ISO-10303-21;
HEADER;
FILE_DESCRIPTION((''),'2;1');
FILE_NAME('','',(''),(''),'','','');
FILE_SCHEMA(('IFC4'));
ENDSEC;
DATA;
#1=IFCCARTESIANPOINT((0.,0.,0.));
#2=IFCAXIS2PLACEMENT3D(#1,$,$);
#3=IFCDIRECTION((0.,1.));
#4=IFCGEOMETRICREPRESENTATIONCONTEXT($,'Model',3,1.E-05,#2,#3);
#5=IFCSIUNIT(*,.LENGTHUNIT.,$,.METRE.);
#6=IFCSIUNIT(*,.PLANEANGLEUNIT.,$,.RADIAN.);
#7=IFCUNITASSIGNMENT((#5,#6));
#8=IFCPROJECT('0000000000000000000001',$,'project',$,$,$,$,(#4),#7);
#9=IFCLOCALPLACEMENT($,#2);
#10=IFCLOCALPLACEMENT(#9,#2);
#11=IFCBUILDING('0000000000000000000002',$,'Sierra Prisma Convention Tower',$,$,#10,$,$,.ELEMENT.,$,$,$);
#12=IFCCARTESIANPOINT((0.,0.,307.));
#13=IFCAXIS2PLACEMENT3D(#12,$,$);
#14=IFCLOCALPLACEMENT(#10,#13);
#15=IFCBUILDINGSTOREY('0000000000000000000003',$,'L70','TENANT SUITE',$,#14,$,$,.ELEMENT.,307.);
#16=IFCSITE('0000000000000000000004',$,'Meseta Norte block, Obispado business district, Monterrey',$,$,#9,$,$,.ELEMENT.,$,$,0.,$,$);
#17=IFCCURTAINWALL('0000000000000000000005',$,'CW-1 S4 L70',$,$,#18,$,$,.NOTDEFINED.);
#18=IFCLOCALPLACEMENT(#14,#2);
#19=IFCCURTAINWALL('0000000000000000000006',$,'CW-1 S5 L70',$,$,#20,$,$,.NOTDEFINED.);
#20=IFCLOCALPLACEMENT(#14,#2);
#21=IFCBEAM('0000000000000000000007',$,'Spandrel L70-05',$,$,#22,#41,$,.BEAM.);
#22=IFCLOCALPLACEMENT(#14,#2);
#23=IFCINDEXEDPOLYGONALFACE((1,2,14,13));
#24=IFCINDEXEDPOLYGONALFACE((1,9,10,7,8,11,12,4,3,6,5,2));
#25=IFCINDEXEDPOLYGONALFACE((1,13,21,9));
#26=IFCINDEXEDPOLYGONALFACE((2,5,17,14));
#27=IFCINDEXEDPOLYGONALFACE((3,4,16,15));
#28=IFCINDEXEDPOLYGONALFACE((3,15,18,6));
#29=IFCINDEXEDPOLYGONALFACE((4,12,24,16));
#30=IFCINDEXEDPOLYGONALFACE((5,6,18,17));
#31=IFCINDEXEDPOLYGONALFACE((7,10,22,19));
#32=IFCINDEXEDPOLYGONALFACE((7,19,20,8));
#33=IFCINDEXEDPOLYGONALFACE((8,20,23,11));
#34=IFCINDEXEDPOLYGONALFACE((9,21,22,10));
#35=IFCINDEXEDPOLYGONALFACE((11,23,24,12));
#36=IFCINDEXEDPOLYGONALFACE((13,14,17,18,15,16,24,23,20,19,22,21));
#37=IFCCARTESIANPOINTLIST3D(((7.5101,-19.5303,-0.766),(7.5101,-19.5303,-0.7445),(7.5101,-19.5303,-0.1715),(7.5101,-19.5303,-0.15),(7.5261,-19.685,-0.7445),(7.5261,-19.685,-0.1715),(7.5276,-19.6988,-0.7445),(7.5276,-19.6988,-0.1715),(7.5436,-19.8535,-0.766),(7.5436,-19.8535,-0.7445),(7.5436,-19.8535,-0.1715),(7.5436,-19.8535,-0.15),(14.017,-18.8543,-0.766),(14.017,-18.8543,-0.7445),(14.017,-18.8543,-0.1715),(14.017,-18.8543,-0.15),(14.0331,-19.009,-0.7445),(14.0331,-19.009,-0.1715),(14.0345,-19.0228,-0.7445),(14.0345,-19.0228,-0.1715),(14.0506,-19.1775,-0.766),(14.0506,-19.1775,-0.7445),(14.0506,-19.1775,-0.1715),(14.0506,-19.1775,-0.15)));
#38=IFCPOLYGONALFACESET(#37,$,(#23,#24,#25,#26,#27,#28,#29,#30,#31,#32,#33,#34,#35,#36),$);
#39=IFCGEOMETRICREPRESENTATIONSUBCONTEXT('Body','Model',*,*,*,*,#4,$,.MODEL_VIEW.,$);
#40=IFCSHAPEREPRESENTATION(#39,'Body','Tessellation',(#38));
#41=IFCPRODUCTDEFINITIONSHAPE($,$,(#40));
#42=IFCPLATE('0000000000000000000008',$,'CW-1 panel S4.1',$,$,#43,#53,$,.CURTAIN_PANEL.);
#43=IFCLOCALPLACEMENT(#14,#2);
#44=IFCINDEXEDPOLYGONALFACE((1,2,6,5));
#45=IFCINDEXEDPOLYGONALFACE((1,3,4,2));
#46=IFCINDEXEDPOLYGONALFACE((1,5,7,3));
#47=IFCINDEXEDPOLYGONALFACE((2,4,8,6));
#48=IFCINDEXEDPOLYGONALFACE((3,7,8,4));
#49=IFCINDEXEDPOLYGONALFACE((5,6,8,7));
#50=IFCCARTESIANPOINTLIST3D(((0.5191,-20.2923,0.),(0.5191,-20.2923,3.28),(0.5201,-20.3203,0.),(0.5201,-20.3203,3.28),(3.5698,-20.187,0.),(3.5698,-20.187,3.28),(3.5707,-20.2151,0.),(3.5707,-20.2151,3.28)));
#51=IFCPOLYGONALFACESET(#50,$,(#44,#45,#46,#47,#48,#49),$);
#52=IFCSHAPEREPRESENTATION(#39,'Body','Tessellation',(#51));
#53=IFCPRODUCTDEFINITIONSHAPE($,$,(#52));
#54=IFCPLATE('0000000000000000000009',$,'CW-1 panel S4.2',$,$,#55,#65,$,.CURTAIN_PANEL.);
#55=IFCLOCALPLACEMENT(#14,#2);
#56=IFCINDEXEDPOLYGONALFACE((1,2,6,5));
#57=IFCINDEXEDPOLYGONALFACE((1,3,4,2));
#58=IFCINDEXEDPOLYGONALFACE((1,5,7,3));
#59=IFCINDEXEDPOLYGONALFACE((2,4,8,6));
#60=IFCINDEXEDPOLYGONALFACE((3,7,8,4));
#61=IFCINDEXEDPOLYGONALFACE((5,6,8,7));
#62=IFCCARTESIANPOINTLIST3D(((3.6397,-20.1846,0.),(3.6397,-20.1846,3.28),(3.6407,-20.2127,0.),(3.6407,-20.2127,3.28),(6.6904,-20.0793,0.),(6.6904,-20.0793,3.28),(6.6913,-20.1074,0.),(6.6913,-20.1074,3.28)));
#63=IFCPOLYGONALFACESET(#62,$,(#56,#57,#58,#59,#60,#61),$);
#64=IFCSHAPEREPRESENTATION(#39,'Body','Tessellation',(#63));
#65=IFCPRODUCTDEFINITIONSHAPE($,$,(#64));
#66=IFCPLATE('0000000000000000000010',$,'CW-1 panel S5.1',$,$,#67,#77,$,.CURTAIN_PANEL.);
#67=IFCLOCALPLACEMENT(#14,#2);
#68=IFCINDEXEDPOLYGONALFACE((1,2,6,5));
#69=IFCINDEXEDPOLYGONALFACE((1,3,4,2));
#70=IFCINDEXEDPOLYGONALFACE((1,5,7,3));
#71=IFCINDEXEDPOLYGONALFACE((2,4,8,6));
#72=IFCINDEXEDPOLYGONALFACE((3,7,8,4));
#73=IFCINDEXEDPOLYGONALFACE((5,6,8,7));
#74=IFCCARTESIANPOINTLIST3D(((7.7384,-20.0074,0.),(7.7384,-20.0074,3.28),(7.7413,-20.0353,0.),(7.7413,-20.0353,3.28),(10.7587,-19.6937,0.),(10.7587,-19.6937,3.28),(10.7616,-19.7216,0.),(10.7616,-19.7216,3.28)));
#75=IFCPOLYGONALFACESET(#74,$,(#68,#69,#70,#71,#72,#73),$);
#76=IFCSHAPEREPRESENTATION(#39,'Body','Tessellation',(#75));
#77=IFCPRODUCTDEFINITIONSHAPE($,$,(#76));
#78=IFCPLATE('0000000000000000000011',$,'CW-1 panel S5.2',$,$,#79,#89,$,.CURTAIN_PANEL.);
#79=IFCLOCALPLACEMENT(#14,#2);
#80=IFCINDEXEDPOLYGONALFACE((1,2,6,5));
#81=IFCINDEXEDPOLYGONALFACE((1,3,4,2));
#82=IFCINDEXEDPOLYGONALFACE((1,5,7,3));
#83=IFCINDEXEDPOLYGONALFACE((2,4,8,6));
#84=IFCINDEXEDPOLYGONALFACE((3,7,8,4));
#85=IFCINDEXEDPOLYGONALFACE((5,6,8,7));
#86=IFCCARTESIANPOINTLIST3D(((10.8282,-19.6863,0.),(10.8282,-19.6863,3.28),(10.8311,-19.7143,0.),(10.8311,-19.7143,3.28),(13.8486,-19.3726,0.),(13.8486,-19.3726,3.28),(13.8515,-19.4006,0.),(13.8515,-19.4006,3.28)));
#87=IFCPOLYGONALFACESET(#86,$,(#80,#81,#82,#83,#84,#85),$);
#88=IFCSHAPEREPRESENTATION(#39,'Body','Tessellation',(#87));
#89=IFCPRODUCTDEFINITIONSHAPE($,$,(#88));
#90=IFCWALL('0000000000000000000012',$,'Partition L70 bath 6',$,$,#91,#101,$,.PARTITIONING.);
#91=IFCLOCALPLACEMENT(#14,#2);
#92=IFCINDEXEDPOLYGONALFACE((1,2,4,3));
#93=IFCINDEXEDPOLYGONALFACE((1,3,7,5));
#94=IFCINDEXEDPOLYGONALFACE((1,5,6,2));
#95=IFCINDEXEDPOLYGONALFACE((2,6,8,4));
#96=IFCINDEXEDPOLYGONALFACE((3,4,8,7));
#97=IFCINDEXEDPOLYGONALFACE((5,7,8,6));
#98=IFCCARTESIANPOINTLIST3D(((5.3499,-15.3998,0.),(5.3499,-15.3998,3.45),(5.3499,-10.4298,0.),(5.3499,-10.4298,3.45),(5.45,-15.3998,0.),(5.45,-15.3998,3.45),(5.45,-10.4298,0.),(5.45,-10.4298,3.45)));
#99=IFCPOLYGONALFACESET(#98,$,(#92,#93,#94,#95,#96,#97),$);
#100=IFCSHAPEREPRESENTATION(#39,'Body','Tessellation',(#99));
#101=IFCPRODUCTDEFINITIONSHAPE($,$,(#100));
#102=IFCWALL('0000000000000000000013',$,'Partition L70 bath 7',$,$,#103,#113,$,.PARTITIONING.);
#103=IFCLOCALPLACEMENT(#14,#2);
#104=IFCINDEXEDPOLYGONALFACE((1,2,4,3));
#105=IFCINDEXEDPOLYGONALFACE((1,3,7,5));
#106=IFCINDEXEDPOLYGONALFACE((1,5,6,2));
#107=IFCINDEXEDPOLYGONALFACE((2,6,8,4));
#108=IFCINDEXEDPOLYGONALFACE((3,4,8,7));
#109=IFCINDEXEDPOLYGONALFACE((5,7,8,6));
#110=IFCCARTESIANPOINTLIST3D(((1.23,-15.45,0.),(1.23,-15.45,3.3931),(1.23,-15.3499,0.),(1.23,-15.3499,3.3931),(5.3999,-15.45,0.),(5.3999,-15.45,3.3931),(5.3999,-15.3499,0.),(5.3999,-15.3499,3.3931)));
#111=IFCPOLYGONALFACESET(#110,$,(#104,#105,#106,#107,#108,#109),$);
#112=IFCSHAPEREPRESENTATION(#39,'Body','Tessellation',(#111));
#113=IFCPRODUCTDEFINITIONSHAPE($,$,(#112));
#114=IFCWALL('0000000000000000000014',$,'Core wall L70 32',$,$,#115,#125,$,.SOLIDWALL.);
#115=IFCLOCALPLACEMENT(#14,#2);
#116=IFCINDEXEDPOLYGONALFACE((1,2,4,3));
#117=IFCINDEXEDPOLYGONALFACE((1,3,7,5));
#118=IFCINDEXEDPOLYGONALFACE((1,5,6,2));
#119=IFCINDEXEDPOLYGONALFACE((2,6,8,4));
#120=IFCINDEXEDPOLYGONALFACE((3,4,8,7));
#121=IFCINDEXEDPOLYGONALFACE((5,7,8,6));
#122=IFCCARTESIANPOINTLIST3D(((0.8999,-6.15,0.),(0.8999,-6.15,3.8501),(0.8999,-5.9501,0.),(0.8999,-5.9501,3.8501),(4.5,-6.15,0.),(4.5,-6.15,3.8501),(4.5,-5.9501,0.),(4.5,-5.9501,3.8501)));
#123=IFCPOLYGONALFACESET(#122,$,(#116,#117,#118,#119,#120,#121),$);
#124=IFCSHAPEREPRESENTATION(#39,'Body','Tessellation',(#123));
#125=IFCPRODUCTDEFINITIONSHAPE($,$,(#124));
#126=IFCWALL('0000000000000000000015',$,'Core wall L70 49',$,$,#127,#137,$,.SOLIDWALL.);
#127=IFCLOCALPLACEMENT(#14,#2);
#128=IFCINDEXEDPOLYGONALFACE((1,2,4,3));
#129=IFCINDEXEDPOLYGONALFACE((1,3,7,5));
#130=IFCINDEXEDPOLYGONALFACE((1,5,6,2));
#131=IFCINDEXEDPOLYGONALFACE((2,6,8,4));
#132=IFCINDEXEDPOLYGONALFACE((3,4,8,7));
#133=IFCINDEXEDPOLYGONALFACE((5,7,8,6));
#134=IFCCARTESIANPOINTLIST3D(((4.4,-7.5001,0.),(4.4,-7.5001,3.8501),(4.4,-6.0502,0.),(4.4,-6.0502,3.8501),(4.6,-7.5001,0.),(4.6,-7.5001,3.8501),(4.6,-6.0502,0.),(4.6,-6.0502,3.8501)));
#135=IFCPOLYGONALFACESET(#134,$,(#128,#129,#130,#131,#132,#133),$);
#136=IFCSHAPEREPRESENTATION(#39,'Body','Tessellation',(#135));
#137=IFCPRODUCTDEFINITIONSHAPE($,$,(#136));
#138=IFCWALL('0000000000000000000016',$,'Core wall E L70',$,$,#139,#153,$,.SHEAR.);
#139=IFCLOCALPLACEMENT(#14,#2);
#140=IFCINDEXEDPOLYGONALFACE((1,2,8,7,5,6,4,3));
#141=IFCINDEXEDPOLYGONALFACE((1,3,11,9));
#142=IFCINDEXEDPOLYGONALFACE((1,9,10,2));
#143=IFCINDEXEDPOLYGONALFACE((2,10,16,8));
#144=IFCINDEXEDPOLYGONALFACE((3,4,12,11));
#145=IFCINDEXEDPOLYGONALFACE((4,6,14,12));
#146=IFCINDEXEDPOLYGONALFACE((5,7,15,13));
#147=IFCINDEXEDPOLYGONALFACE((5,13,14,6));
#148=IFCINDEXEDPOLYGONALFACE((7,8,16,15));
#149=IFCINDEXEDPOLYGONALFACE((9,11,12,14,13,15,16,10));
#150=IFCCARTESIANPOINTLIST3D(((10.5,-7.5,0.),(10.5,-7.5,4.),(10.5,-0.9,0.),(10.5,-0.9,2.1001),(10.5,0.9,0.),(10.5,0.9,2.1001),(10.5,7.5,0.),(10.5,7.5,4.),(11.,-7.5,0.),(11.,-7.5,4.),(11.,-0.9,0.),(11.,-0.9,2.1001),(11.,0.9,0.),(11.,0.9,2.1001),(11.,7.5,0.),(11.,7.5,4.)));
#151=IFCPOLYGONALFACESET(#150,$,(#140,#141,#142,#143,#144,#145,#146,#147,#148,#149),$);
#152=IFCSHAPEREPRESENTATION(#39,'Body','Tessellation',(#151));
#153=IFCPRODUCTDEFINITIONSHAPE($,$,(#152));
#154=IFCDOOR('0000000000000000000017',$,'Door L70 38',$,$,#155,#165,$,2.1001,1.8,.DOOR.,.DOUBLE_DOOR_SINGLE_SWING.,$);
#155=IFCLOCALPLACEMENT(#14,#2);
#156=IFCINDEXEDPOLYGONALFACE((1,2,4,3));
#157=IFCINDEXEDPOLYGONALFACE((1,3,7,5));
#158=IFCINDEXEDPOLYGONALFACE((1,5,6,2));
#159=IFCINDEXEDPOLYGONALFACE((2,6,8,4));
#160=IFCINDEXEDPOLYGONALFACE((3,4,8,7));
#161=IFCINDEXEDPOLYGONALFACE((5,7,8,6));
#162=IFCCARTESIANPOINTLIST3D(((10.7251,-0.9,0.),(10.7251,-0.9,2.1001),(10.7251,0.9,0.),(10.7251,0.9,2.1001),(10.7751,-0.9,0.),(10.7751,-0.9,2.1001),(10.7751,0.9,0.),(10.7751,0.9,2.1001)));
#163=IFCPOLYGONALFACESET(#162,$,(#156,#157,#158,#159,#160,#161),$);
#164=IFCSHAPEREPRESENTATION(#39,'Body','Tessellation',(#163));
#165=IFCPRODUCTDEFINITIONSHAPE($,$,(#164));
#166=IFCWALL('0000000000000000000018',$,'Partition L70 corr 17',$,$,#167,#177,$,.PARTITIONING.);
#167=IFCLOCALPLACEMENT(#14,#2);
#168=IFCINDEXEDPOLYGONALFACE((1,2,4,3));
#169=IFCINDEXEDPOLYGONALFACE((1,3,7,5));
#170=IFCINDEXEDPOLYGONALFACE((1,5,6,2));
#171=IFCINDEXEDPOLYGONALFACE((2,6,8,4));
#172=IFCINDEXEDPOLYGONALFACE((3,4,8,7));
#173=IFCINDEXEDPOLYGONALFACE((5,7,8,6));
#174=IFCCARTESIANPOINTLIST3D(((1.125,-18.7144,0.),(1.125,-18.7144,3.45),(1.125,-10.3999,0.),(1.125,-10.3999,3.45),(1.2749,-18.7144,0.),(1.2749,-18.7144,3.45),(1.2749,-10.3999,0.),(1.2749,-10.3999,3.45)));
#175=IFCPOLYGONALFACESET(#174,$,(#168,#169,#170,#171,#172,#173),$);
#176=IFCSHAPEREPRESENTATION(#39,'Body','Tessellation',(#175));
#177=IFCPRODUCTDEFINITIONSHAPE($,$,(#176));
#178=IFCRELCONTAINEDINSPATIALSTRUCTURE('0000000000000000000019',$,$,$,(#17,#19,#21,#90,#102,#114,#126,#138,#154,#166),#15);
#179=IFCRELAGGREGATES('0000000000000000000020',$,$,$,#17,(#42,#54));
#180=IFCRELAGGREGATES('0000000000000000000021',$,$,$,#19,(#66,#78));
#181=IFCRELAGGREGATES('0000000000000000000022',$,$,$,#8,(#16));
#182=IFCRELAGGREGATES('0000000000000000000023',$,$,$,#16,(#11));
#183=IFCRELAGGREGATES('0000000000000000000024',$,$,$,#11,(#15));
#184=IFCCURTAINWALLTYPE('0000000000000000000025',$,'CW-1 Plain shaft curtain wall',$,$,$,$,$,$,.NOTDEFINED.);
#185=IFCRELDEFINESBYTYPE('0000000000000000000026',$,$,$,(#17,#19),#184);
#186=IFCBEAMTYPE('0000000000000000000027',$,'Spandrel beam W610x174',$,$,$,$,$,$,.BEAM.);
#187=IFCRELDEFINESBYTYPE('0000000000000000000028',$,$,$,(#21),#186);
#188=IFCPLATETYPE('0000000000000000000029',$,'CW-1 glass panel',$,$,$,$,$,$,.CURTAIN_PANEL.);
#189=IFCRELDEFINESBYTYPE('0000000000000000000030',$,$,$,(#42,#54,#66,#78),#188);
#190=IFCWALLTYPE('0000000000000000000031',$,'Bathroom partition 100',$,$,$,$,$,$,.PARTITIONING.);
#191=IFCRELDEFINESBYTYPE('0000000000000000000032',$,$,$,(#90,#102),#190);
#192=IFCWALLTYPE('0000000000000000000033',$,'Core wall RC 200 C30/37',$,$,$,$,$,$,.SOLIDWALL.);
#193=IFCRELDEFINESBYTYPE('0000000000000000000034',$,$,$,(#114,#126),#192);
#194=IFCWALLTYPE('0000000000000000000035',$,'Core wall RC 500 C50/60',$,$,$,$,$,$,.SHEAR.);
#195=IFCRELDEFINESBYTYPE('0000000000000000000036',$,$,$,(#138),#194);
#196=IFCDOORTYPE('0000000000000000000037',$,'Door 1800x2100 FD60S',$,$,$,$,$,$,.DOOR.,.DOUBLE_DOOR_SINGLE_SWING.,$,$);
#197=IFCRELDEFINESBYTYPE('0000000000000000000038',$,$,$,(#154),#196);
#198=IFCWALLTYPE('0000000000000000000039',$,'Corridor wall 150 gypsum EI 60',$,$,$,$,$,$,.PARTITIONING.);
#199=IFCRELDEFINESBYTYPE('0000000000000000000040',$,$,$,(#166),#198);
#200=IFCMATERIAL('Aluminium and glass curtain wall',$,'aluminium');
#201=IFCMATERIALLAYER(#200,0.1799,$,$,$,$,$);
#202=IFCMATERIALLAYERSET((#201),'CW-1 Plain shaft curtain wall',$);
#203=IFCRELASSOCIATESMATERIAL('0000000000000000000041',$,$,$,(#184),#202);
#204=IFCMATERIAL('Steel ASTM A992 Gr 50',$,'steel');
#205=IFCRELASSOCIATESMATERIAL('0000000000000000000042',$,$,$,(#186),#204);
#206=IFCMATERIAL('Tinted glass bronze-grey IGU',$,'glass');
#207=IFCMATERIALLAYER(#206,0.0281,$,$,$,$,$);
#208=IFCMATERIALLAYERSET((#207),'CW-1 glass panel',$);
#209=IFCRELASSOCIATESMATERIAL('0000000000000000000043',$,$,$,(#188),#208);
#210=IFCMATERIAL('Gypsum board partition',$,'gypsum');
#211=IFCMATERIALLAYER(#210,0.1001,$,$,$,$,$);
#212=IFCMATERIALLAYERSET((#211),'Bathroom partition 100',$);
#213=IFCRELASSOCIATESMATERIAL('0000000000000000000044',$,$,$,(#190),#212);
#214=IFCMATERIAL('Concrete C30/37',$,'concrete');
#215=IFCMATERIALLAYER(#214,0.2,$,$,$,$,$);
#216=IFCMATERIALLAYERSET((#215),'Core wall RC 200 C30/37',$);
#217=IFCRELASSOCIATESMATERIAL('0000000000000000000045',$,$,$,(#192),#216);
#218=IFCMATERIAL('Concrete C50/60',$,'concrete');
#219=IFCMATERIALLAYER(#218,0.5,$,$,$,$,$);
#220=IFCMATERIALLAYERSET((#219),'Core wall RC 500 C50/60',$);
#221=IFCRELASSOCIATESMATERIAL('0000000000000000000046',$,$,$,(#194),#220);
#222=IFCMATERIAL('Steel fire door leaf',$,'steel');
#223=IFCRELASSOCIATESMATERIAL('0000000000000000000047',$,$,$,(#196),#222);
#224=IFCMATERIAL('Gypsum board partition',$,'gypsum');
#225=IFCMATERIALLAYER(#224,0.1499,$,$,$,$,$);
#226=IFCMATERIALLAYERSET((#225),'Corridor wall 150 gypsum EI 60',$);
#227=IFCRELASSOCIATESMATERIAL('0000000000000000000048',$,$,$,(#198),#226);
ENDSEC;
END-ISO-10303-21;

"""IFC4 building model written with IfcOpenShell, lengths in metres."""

from ifc_helpers import new_model, si_unit, direction, frame, frame_2d, origin, origin_2d, place, context, subcontext, project, spatial, rectangle, i_section, extrude, material, layer, layer_set, material_profile, profile_set, type_object, element, fill, aggregate, save


model = new_model("IFC4")

# Units and contexts
model_context = context("Model", 3, precision=1e-05, world=origin(), true_north=direction((0.0, 1.0)))
body_context = subcontext(model_context, "Body", "Model", "MODEL_VIEW")
ifc_project = project(units=[si_unit("LENGTHUNIT", "METRE"), si_unit("PLANEANGLEUNIT", "RADIAN")], contexts=[model_context])

# Site, building, storey
site_placement = place(None, origin())
site = spatial("IfcSite", under=ifc_project, at=site_placement, Name="Meseta Norte block, Obispado business district, Monterrey", CompositionType="ELEMENT", RefElevation=0.0)
building_placement = place(site_placement, origin())
building = spatial("IfcBuilding", under=site, at=building_placement, Name="Sierra Prisma Convention Tower", CompositionType="ELEMENT")
storey_placement = place(building_placement, frame((0.0, 0.0, 307.0)))
storey = spatial("IfcBuildingStorey", under=building, at=storey_placement, Name="L70", Description="TENANT SUITE", CompositionType="ELEMENT", Elevation=307.0)

# Curtain wall
ifc_material_1 = material(Name="Aluminium and glass curtain wall", Category="aluminium")
ifc_layer_1 = layer(ifc_material_1, 0.1799)
ifc_layer_set_1 = layer_set([ifc_layer_1], Name="CW-1 Plain shaft curtain wall")
curtain_wall_type = type_object("IfcCurtainWallType", Name="CW-1 Plain shaft curtain wall", PredefinedType="NOTDEFINED", material=ifc_layer_set_1)
curtain_wall_1_placement = place(storey_placement, origin())
curtain_wall_1 = element("IfcCurtainWall", 1, at=curtain_wall_1_placement, inside=storey, type_object=curtain_wall_type, Name="CW-1 S4 L70", PredefinedType="NOTDEFINED")

# Curtain wall
curtain_wall_2_placement = place(storey_placement, origin())
curtain_wall_2 = element("IfcCurtainWall", 2, at=curtain_wall_2_placement, inside=storey, type_object=curtain_wall_type, Name="CW-1 S5 L70", PredefinedType="NOTDEFINED")

# Beam
ifc_material_2 = material(Name="Steel ASTM A992 Gr 50", Category="steel")
ifc_material_profile_1 = material_profile(ifc_material_2, i_section(OverallWidth=0.325, OverallDepth=0.616, WebThickness=0.0139, FlangeThickness=0.0215, at=origin_2d()), Name="W610x174")
ifc_profile_set_1 = profile_set([ifc_material_profile_1], Name="Steel ASTM A992 Gr 50")
beam_type_1 = type_object("IfcBeamType", Name="Spandrel beam W610x174", PredefinedType="BEAM", material=ifc_profile_set_1)
beam_1_placement = place(storey_placement, frame((7.5269, -19.6919, -0.458), z_axis=(0.994647, 0.103335, 0.0), x_axis=(-0.103335, 0.994647, 0.0)))
element("IfcBeam", 3, at=beam_1_placement, inside=storey, type_object=beam_type_1, Name="Spandrel L70-05", PredefinedType="BEAM", context=body_context, shape_type="SweptSolid", body=[
    extrude(i_section(OverallWidth=0.325, OverallDepth=0.616, WebThickness=0.0139, FlangeThickness=0.0215, at=origin_2d()), origin(), (0.0, 0.0, 1.0), 6.542),
])

# Plates
ifc_material_3 = material(Name="Tinted glass bronze-grey IGU", Category="glass")
ifc_layer_2 = layer(ifc_material_3, 0.0281)
ifc_layer_set_2 = layer_set([ifc_layer_2], Name="CW-1 glass panel")
plate_type = type_object("IfcPlateType", Name="CW-1 glass panel", PredefinedType="CURTAIN_PANEL", material=ifc_layer_set_2)
plate_1_placement = place(storey_placement, frame((2.0449, -20.2537, 0.0), z_axis=(0.0, 0.0, 1.0), x_axis=(0.999405, 0.034491, 0.0)))
plate_1 = element("IfcPlate", 4, at=plate_1_placement, type_object=plate_type, Name="CW-1 panel S4.1", PredefinedType="CURTAIN_PANEL", context=body_context, shape_type="SweptSolid", body=[
    extrude(rectangle(XDim=3.0525, YDim=0.0281, at=origin_2d()), origin(), (0.0, 0.0, 1.0), 3.28),
])
plate_2_placement = place(storey_placement, frame((5.1655, -20.146, 0.0), z_axis=(0.0, 0.0, 1.0), x_axis=(0.999405, 0.034491, 0.0)))
plate_2 = element("IfcPlate", 5, at=plate_2_placement, type_object=plate_type, Name="CW-1 panel S4.2", PredefinedType="CURTAIN_PANEL", context=body_context, shape_type="SweptSolid", body=[
    extrude(rectangle(XDim=3.0525, YDim=0.0281, at=origin_2d()), origin(), (0.0, 0.0, 1.0), 3.28),
])
aggregate(curtain_wall_1, [plate_1, plate_2])
plate_3_placement = place(storey_placement, frame((9.25, -19.8645, 0.0), z_axis=(0.0, 0.0, 1.0), x_axis=(0.994649, 0.103308, 0.0)))
plate_3 = element("IfcPlate", 6, at=plate_3_placement, type_object=plate_type, Name="CW-1 panel S5.1", PredefinedType="CURTAIN_PANEL", context=body_context, shape_type="SweptSolid", body=[
    extrude(rectangle(XDim=3.0366, YDim=0.0281, at=origin_2d()), origin(), (0.0, 0.0, 1.0), 3.28),
])
plate_4_placement = place(storey_placement, frame((12.3398, -19.5435, 0.0), z_axis=(0.0, 0.0, 1.0), x_axis=(0.994649, 0.103308, 0.0)))
plate_4 = element("IfcPlate", 7, at=plate_4_placement, type_object=plate_type, Name="CW-1 panel S5.2", PredefinedType="CURTAIN_PANEL", context=body_context, shape_type="SweptSolid", body=[
    extrude(rectangle(XDim=3.0366, YDim=0.0281, at=origin_2d()), origin(), (0.0, 0.0, 1.0), 3.28),
])
aggregate(curtain_wall_2, [plate_3, plate_4])

# Walls
ifc_material_4 = material(Name="Gypsum board partition", Category="gypsum")
ifc_layer_3 = layer(ifc_material_4, 0.1001)
ifc_layer_set_3 = layer_set([ifc_layer_3], Name="Bathroom partition 100")
wall_type_1 = type_object("IfcWallType", Name="Bathroom partition 100", PredefinedType="PARTITIONING", material=ifc_layer_set_3)
wall_1_placement = place(storey_placement, frame((5.3999, -10.4299, 0.0), z_axis=(0.0, 0.0, 1.0), x_axis=(0.0, -1.0, 0.0)))
element("IfcWall", 8, at=wall_1_placement, inside=storey, type_object=wall_type_1, Name="Partition L70 bath 6", PredefinedType="PARTITIONING", context=body_context, shape_type="SweptSolid", body=[
    extrude(rectangle(XDim=4.97, YDim=0.1001, at=frame_2d((2.4849, 0.0))), origin(), (0.0, 0.0, 1.0), 3.45),
])
wall_2_placement = place(storey_placement, frame((5.3999, -15.3999, 0.0), z_axis=(0.0, 0.0, 1.0), x_axis=(-1.0, 0.0, 0.0)))
element("IfcWall", 9, at=wall_2_placement, inside=storey, type_object=wall_type_1, Name="Partition L70 bath 7", PredefinedType="PARTITIONING", context=body_context, shape_type="SweptSolid", body=[
    extrude(rectangle(XDim=4.1699, YDim=0.1001, at=frame_2d((2.085, 0.0))), origin(), (0.0, 0.0, 1.0), 3.3931),
])

# Shared definitions
ifc_material_5 = material(Name="Concrete C30/37", Category="concrete")
ifc_layer_4 = layer(ifc_material_5, 0.2)
ifc_layer_set_4 = layer_set([ifc_layer_4], Name="Core wall RC 200 C30/37")
wall_type_2 = type_object("IfcWallType", Name="Core wall RC 200 C30/37", PredefinedType="SOLIDWALL", material=ifc_layer_set_4)

# Walls
wall_3_placement = place(storey_placement, frame((4.5, -6.05, 0.0), z_axis=(0.0, 0.0, 1.0), x_axis=(-1.0, 0.0, 0.0)))
element("IfcWall", 10, at=wall_3_placement, inside=storey, type_object=wall_type_2, Name="Core wall L70 32", PredefinedType="SOLIDWALL", context=body_context, shape_type="SweptSolid", body=[
    extrude(rectangle(XDim=3.6001, YDim=0.2, at=frame_2d((1.8, 0.0))), origin(), (0.0, 0.0, 1.0), 3.8501),
])
wall_4_placement = place(storey_placement, frame((4.5, -6.05, 0.0), z_axis=(0.0, 0.0, 1.0), x_axis=(0.0, -1.0, 0.0)))
element("IfcWall", 11, at=wall_4_placement, inside=storey, type_object=wall_type_2, Name="Core wall L70 49", PredefinedType="SOLIDWALL", context=body_context, shape_type="SweptSolid", body=[
    extrude(rectangle(XDim=1.45, YDim=0.2, at=frame_2d((0.7251, 0.0))), origin(), (0.0, 0.0, 1.0), 3.8501),
])

# Wall, opening, door
ifc_material_6 = material(Name="Concrete C50/60", Category="concrete")
ifc_layer_5 = layer(ifc_material_6, 0.5)
ifc_layer_set_5 = layer_set([ifc_layer_5], Name="Core wall RC 500 C50/60")
wall_type_3 = type_object("IfcWallType", Name="Core wall RC 500 C50/60", PredefinedType="SHEAR", material=ifc_layer_set_5)
wall_5_placement = place(storey_placement, frame((10.75, -7.5, 0.0), z_axis=(0.0, 0.0, 1.0), x_axis=(0.0, 1.0, 0.0)))
wall_5 = element("IfcWall", 12, at=wall_5_placement, inside=storey, type_object=wall_type_3, Name="Core wall E L70", PredefinedType="SHEAR", context=body_context, shape_type="SweptSolid", body=[
    extrude(rectangle(XDim=15.0, YDim=0.5, at=frame_2d((7.5, 0.0))), origin(), (0.0, 0.0, 1.0), 4.0),
])
opening_1_placement = place(wall_5_placement, frame((6.6001, 0.0, 0.0)))
opening_1 = element("IfcOpeningElement", 13, at=opening_1_placement, cuts=wall_5, PredefinedType="OPENING", context=body_context, shape_type="SweptSolid", body=[
    extrude(rectangle(XDim=1.8, YDim=2.1001, at=frame_2d((0.8999, 1.05))), frame((0.0, 0.25, 0.0), z_axis=(0.0, -1.0, 0.0), x_axis=(1.0, 0.0, 0.0)), (0.0, 0.0, 1.0), 0.5),
])
ifc_material_7 = material(Name="Steel fire door leaf", Category="steel")
door_type_1 = type_object("IfcDoorType", Name="Door 1800x2100 FD60S", OperationType="DOUBLE_DOOR_SINGLE_SWING", PredefinedType="DOOR", material=ifc_material_7)
door_1_placement = place(opening_1_placement, origin())
door_1 = element("IfcDoor", 14, at=door_1_placement, inside=storey, type_object=door_type_1, Name="Door L70 38", OperationType="DOUBLE_DOOR_SINGLE_SWING", OverallHeight=2.1001, OverallWidth=1.8, PredefinedType="DOOR", context=body_context, shape_type="SweptSolid", body=[
    extrude(rectangle(XDim=1.8, YDim=2.1001, at=frame_2d((0.8999, 1.05))), frame((0.0, 0.0249, 0.0), z_axis=(0.0, -1.0, 0.0), x_axis=(1.0, 0.0, 0.0)), (0.0, 0.0, 1.0), 0.05),
])
fill(opening_1, door_1)

# Wall
ifc_material_8 = material(Name="Gypsum board partition", Category="gypsum")
ifc_layer_6 = layer(ifc_material_8, 0.1499)
ifc_layer_set_6 = layer_set([ifc_layer_6], Name="Corridor wall 150 gypsum EI 60")
wall_type_4 = type_object("IfcWallType", Name="Corridor wall 150 gypsum EI 60", PredefinedType="PARTITIONING", material=ifc_layer_set_6)
wall_6_placement = place(storey_placement, frame((1.2, -18.7144, 0.0), z_axis=(0.0, 0.0, 1.0), x_axis=(0.0, 1.0, 0.0)))
element("IfcWall", 15, at=wall_6_placement, inside=storey, type_object=wall_type_4, Name="Partition L70 corr 17", PredefinedType="PARTITIONING", context=body_context, shape_type="SweptSolid", body=[
    extrude(rectangle(XDim=8.3145, YDim=0.1499, at=frame_2d((4.1572, 0.0))), origin(), (0.0, 0.0, 1.0), 3.45),
])

save(model, "model.ifc")
